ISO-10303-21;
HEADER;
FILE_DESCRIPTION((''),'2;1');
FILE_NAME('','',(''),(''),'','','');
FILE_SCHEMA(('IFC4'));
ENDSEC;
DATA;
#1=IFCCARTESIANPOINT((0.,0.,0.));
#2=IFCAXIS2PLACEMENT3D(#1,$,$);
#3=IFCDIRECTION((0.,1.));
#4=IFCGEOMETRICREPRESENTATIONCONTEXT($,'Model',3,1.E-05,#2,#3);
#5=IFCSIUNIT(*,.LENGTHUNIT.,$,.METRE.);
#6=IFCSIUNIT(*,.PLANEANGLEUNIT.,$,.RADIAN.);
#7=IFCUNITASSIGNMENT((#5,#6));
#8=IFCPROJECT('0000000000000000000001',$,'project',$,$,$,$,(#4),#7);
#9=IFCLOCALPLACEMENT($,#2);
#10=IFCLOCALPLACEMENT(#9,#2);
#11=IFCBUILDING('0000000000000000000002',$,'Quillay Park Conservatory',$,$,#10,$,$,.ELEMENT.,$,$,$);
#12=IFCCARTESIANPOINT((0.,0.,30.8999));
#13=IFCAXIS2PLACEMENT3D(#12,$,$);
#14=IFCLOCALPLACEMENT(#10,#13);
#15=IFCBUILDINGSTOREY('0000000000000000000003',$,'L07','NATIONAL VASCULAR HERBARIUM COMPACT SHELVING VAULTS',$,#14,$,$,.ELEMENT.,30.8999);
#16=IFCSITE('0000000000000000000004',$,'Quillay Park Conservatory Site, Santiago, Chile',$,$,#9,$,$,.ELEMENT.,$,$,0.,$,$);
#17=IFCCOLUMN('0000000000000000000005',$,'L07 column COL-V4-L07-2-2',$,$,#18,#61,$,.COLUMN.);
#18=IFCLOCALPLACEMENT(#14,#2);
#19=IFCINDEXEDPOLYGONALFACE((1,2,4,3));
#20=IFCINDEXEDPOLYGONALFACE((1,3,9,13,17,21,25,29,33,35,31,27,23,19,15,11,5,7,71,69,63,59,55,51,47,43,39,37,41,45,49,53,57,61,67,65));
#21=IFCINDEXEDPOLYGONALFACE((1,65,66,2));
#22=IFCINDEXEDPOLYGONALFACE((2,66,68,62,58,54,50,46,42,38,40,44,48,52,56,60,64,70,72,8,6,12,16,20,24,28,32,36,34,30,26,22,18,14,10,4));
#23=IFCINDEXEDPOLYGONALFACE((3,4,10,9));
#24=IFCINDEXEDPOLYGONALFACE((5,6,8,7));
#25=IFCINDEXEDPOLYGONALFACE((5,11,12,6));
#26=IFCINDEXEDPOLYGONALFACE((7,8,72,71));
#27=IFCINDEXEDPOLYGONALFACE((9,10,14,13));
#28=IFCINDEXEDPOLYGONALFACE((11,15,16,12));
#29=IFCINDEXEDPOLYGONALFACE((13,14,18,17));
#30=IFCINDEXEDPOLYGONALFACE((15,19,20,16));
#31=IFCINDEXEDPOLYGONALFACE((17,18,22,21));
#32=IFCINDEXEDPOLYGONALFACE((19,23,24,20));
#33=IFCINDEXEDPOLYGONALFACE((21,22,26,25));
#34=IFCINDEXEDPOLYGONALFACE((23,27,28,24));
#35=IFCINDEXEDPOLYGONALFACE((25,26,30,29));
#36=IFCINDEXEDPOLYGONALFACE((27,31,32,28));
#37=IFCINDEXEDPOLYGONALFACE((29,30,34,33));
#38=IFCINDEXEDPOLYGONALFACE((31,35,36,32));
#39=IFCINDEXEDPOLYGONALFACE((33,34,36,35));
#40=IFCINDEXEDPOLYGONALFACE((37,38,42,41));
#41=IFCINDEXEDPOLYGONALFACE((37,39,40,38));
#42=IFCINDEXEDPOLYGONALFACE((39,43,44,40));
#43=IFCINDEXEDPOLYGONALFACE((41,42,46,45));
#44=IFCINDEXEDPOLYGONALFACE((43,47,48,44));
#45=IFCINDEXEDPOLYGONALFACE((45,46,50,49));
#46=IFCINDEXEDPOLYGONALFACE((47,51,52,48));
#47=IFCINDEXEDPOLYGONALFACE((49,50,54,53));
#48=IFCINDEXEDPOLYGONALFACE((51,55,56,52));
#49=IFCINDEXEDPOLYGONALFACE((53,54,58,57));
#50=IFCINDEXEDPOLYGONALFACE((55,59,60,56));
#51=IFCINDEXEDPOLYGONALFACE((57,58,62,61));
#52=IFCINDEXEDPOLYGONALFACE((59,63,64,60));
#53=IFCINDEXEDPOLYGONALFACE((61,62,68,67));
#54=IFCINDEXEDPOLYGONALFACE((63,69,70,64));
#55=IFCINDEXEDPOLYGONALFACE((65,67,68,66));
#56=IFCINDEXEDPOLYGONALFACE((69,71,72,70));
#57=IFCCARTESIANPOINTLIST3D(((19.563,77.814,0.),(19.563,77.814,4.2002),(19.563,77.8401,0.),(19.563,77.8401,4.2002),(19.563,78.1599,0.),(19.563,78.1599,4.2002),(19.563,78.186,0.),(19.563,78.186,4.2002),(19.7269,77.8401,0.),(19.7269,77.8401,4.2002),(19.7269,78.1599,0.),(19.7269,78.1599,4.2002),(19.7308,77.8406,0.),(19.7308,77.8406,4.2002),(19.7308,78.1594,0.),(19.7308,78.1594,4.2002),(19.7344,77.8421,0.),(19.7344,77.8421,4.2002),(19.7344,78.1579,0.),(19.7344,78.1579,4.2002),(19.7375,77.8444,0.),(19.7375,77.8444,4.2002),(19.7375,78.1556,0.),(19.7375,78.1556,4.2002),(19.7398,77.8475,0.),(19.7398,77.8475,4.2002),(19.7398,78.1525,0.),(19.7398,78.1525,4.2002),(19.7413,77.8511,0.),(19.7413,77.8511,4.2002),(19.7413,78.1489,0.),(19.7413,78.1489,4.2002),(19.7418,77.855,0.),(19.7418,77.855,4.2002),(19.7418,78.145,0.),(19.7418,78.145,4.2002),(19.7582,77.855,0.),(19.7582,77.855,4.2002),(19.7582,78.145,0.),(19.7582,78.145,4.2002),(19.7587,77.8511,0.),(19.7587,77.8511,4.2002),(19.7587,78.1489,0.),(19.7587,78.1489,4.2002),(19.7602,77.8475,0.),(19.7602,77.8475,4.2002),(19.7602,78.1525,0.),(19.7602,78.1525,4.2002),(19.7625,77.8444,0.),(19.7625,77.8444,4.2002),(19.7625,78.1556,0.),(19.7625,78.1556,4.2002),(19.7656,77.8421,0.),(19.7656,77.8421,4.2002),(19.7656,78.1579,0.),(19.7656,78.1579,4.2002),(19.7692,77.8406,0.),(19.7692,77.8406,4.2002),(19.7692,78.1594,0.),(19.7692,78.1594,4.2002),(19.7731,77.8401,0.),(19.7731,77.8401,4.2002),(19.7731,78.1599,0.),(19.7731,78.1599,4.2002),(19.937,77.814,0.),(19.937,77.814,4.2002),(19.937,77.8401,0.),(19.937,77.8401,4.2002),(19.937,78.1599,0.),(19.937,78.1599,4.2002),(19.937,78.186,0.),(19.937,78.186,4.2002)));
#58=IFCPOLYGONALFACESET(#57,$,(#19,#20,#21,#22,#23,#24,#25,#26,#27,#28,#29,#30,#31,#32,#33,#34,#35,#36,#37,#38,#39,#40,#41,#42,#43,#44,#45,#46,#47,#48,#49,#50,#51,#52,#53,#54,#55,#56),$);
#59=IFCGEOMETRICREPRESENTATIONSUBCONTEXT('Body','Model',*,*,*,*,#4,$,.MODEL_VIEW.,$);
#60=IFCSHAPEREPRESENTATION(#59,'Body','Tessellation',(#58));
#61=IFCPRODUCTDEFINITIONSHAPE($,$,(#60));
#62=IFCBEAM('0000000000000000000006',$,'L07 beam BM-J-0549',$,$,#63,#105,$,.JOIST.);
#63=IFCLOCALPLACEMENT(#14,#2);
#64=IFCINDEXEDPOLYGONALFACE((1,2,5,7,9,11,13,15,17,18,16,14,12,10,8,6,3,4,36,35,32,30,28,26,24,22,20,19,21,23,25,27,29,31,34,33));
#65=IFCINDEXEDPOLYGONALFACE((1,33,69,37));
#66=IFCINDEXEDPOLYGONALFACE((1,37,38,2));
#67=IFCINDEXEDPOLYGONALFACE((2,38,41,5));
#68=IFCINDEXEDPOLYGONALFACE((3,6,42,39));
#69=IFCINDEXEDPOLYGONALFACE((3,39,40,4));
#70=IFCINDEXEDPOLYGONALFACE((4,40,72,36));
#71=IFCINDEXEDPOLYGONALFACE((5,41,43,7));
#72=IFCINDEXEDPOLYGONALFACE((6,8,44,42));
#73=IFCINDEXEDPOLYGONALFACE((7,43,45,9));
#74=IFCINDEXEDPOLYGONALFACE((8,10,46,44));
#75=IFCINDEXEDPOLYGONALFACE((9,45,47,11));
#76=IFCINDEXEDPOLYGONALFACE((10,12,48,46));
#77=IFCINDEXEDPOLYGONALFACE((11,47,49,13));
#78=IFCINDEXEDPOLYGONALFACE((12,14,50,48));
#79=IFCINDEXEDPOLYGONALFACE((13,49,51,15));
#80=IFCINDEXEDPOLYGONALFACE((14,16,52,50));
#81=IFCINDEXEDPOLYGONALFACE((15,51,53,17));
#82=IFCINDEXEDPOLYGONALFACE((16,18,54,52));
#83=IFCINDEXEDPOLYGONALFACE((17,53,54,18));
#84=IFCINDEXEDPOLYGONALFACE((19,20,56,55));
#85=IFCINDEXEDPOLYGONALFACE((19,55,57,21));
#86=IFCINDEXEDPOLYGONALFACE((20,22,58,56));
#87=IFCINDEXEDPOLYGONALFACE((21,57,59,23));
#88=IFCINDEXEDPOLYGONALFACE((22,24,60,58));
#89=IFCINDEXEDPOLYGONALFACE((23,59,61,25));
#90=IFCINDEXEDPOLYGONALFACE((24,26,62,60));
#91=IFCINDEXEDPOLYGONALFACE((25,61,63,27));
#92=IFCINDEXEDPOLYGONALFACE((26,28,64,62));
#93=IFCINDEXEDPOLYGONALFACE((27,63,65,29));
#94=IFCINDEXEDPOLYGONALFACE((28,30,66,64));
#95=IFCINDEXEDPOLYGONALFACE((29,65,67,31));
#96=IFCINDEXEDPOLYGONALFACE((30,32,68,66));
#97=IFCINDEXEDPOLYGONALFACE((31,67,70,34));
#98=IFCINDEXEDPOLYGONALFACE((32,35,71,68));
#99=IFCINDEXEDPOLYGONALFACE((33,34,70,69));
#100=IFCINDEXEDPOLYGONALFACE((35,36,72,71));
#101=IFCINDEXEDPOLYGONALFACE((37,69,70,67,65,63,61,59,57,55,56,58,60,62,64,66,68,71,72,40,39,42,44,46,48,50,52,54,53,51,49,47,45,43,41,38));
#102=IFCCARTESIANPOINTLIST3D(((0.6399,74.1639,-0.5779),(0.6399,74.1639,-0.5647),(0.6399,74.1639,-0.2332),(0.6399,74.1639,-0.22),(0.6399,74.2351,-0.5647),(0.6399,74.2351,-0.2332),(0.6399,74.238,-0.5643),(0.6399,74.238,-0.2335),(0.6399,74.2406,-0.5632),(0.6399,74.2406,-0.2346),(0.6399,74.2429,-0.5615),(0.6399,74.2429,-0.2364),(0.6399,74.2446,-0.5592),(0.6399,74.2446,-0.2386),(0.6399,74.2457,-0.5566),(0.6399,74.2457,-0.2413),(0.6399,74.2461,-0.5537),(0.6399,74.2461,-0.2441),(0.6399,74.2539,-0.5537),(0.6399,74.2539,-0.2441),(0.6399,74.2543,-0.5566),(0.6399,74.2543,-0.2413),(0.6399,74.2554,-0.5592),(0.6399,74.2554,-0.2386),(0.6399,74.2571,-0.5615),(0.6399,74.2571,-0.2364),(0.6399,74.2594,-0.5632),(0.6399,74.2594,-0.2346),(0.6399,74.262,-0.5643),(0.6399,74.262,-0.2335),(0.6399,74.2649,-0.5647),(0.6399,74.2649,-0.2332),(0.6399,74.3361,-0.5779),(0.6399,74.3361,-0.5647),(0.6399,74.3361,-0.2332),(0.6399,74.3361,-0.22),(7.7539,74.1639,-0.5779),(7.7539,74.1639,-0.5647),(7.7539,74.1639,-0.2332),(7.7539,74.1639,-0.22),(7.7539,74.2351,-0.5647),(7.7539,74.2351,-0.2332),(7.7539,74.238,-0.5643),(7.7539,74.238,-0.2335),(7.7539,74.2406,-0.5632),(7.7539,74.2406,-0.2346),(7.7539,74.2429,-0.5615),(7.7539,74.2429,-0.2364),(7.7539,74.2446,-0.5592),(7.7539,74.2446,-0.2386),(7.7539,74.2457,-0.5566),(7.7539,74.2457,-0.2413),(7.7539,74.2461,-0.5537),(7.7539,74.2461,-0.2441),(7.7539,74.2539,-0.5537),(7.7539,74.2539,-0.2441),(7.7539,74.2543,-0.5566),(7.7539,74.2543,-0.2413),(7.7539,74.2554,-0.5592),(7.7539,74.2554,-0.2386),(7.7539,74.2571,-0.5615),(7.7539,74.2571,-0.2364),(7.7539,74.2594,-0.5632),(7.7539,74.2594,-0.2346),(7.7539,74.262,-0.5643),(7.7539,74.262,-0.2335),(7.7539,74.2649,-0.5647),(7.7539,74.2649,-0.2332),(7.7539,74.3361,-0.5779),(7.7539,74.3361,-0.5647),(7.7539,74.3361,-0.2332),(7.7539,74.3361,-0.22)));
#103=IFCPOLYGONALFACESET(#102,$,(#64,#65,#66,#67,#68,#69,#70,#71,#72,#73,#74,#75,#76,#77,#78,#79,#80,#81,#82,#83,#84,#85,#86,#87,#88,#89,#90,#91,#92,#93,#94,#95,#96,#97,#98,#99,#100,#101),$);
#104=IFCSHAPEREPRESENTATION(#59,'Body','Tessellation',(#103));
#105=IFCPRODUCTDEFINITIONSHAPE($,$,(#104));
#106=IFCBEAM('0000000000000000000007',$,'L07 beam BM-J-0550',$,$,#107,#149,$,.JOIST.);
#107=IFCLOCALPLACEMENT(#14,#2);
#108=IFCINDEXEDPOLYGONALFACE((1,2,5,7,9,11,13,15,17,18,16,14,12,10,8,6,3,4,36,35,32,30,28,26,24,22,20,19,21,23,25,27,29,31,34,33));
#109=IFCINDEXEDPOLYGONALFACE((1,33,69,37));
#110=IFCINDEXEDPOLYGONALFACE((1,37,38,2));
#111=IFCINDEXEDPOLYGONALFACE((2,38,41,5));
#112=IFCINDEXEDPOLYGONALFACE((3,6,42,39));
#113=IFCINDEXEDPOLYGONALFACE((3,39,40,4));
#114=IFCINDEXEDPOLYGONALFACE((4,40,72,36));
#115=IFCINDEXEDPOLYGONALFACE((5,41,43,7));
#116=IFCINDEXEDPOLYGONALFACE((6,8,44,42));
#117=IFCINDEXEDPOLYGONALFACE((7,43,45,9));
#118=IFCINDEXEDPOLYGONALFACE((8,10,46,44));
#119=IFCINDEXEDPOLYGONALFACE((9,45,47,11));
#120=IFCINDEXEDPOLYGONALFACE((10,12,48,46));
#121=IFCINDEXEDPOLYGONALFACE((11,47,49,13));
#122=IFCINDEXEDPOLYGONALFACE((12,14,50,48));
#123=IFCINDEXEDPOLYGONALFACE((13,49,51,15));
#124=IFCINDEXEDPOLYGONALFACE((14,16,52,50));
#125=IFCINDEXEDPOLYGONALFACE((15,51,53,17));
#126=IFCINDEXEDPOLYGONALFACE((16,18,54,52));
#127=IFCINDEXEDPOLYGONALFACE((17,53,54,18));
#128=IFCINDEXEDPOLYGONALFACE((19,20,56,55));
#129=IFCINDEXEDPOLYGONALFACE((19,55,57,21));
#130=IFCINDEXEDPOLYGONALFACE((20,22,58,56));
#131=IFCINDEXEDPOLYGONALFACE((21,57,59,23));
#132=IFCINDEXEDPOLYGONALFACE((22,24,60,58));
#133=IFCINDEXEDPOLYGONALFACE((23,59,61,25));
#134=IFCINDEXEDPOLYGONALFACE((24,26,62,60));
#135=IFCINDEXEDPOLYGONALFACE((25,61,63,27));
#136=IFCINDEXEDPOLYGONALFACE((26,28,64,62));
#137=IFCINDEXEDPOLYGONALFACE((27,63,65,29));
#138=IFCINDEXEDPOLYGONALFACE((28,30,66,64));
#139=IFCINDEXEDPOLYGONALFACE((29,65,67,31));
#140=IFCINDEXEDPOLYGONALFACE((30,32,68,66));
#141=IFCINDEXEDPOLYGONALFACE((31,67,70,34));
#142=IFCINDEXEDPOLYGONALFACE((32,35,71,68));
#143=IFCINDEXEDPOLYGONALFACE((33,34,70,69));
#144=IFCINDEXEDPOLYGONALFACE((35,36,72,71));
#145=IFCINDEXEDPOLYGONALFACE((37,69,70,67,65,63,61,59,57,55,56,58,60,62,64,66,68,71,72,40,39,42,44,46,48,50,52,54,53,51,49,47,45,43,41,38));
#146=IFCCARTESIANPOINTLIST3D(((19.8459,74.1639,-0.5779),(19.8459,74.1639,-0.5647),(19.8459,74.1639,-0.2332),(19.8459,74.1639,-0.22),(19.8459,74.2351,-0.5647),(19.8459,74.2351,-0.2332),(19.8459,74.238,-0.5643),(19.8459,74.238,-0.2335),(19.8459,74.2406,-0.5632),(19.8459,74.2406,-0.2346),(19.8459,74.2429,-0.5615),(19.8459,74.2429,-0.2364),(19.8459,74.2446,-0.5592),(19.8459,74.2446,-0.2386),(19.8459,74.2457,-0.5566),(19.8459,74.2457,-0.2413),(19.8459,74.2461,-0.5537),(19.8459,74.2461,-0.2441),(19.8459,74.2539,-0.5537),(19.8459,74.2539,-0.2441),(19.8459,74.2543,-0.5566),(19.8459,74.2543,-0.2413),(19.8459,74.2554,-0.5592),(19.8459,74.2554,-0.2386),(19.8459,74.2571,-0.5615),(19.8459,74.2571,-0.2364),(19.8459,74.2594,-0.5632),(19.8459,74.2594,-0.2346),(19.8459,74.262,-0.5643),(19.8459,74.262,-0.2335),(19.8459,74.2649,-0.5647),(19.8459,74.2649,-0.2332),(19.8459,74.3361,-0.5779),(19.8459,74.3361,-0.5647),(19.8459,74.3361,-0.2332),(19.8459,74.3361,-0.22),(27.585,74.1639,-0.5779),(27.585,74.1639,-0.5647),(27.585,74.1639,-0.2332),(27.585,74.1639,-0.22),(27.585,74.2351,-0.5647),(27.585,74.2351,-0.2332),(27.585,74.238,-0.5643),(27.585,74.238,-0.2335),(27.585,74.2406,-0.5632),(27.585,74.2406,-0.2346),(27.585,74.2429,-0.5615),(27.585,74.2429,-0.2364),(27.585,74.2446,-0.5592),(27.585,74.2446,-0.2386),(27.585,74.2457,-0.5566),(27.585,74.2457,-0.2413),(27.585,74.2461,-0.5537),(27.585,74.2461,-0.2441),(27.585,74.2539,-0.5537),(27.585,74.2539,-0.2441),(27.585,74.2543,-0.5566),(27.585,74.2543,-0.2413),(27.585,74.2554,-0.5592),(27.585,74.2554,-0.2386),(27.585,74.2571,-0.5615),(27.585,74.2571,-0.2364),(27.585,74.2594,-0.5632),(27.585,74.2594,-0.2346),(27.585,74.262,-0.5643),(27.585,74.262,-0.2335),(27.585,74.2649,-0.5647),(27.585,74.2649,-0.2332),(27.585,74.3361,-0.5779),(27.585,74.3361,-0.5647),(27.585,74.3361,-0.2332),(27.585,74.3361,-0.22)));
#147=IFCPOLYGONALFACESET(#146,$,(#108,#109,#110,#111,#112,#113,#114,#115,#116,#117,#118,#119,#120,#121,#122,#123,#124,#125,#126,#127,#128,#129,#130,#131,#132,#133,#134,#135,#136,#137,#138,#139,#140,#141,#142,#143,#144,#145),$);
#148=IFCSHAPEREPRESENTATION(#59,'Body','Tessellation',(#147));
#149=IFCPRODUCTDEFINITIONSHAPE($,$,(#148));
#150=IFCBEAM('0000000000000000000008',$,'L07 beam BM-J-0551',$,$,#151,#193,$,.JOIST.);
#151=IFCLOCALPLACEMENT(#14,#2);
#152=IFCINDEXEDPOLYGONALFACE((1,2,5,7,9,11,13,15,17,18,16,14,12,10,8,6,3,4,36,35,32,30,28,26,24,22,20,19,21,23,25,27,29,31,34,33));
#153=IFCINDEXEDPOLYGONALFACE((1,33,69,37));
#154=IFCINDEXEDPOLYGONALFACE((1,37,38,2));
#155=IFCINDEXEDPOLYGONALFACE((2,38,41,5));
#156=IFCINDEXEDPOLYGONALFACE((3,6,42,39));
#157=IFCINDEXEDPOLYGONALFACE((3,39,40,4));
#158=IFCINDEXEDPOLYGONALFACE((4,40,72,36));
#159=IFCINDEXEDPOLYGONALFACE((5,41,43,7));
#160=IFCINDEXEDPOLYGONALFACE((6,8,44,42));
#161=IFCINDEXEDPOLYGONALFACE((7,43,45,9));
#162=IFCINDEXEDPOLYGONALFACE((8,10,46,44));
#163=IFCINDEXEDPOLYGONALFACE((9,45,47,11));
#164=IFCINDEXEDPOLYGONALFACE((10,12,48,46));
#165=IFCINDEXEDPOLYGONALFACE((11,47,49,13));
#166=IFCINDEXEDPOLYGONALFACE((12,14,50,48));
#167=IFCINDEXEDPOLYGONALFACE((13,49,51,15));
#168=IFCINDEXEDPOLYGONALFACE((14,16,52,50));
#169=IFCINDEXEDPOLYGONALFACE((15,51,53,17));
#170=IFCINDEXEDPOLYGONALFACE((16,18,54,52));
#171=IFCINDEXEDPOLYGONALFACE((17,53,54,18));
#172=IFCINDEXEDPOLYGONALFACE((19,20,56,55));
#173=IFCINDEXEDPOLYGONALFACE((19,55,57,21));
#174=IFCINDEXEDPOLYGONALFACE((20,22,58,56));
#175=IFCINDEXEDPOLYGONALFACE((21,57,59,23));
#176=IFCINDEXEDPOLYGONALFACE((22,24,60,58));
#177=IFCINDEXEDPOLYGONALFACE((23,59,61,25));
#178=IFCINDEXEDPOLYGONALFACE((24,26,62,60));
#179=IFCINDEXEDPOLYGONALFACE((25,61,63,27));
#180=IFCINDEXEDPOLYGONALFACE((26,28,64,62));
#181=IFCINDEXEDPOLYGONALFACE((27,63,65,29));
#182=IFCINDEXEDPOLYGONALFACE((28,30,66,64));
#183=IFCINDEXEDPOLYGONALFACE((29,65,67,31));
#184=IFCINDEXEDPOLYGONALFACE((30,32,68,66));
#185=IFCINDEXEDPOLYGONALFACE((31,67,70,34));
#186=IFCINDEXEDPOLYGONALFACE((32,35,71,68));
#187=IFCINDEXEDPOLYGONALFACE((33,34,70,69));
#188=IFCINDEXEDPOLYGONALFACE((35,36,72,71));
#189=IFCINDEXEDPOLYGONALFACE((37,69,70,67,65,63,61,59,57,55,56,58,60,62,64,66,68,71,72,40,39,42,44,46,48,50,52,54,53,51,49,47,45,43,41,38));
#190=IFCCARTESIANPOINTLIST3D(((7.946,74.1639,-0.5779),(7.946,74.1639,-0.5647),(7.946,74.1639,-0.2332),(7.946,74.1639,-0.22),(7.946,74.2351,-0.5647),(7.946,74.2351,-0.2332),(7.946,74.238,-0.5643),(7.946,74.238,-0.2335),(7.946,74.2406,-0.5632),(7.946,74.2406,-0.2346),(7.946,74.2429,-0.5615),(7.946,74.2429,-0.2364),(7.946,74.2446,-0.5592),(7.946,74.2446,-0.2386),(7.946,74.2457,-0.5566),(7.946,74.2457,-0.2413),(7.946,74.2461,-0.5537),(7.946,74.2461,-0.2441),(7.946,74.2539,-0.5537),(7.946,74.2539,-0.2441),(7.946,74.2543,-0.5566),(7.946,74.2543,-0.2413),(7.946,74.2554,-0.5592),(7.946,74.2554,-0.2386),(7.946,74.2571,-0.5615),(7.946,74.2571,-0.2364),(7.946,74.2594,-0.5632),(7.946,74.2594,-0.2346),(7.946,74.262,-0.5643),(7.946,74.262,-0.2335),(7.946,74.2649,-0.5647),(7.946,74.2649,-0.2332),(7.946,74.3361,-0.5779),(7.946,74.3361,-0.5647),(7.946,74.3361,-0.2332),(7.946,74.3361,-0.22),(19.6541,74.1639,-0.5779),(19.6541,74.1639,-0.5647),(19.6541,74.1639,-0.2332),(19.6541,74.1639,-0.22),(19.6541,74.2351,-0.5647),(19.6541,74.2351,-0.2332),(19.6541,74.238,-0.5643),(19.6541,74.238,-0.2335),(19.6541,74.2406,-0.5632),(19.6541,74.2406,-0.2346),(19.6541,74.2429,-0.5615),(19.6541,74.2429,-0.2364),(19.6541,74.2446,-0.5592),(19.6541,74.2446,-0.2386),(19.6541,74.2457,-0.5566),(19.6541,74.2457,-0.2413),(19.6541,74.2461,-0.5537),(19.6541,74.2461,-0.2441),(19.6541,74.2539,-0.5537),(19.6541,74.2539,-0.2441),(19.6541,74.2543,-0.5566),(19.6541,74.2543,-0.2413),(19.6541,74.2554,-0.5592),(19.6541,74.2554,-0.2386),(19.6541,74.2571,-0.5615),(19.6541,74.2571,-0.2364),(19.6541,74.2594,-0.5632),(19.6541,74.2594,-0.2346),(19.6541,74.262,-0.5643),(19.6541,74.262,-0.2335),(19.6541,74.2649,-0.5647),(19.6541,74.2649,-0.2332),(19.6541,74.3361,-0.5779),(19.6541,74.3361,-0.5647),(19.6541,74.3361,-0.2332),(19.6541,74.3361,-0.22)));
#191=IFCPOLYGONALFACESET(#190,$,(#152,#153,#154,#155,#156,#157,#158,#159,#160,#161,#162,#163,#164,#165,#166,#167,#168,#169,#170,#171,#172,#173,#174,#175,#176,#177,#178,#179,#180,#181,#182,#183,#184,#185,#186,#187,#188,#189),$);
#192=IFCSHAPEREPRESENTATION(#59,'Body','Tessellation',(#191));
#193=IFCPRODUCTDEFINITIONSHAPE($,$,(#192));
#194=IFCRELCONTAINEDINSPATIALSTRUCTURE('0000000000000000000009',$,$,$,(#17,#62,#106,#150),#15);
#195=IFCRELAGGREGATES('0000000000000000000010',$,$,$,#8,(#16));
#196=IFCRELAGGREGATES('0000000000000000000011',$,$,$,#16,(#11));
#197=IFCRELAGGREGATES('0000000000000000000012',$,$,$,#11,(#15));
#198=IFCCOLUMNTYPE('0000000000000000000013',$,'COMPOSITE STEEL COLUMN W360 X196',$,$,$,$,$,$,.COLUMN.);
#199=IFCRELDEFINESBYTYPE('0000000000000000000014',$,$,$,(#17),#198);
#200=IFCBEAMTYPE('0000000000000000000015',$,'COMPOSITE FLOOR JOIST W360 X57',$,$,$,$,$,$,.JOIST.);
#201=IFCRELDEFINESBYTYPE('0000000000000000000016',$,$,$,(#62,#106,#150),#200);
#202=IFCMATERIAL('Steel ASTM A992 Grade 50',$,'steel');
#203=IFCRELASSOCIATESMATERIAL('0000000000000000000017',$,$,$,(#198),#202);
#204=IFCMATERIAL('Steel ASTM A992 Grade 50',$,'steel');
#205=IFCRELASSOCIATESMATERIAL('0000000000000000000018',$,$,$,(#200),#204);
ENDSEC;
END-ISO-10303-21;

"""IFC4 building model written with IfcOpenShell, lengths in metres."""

from ifc_helpers import new_model, si_unit, direction, frame, origin, origin_2d, place, context, subcontext, project, spatial, i_section, extrude, material, material_profile, profile_set, type_object, element, save


model = new_model("IFC4")

# Units and contexts
model_context = context("Model", 3, precision=1e-05, world=origin(), true_north=direction((0.0, 1.0)))
body_context = subcontext(model_context, "Body", "Model", "MODEL_VIEW")
ifc_project = project(units=[si_unit("LENGTHUNIT", "METRE"), si_unit("PLANEANGLEUNIT", "RADIAN")], contexts=[model_context])

# Site, building, storey
site_placement = place(None, origin())
site = spatial("IfcSite", under=ifc_project, at=site_placement, Name="Quillay Park Conservatory Site, Santiago, Chile", CompositionType="ELEMENT", RefElevation=0.0)
building_placement = place(site_placement, origin())
building = spatial("IfcBuilding", under=site, at=building_placement, Name="Quillay Park Conservatory", CompositionType="ELEMENT")
storey_placement = place(building_placement, frame((0.0, 0.0, 30.8999)))
storey = spatial("IfcBuildingStorey", under=building, at=storey_placement, Name="L07", Description="NATIONAL VASCULAR HERBARIUM COMPACT SHELVING VAULTS", CompositionType="ELEMENT", Elevation=30.8999)

# Column
ifc_material_1 = material(Name="Steel ASTM A992 Grade 50", Category="steel")
ifc_material_profile_1 = material_profile(ifc_material_1, i_section(OverallWidth=0.374, OverallDepth=0.3721, WebThickness=0.0164, FlangeThickness=0.0261, FilletRadius=0.0149, at=origin_2d()), Name="W360x196")
ifc_profile_set_1 = profile_set([ifc_material_profile_1], Name="Steel ASTM A992 Grade 50")
column_type = type_object("IfcColumnType", Name="COMPOSITE STEEL COLUMN W360 X196", PredefinedType="COLUMN", material=ifc_profile_set_1)
for number, where, z_axis, x_axis, name in (
    (1, (19.75, 78.0, 0.0), (0.0, 0.0, 1.0), (1.0, 0.0, 0.0), "L07 column COL-V4-L07-2-2"),
):
    element("IfcColumn", number, at=place(storey_placement, frame(where, z_axis=z_axis, x_axis=x_axis)), inside=storey, type_object=column_type, Name=name, PredefinedType="COLUMN", context=body_context, shape_type="SweptSolid", body=[
        extrude(i_section(OverallWidth=0.374, OverallDepth=0.3721, WebThickness=0.0164, FlangeThickness=0.0261, FilletRadius=0.0149, at=origin_2d()), origin(), (0.0, 0.0, 1.0), 4.2002),
    ])

# Beams
ifc_material_2 = material(Name="Steel ASTM A992 Grade 50", Category="steel")
ifc_material_profile_2 = material_profile(ifc_material_2, i_section(OverallWidth=0.1721, OverallDepth=0.3579, WebThickness=0.0078, FlangeThickness=0.0132, FilletRadius=0.011, at=origin_2d()), Name="W360x57")
ifc_profile_set_2 = profile_set([ifc_material_profile_2], Name="Steel ASTM A992 Grade 50")
beam_type_1 = type_object("IfcBeamType", Name="COMPOSITE FLOOR JOIST W360 X57", PredefinedType="JOIST", material=ifc_profile_set_2)
beam_1_placement = place(storey_placement, frame((0.6399, 74.25, -0.3989), z_axis=(1.0, 0.0, 0.0), x_axis=(0.0, 1.0, 0.0)))
element("IfcBeam", 2, at=beam_1_placement, inside=storey, type_object=beam_type_1, Name="L07 beam BM-J-0549", PredefinedType="JOIST", context=body_context, shape_type="SweptSolid", body=[
    extrude(i_section(OverallWidth=0.1721, OverallDepth=0.3579, WebThickness=0.0078, FlangeThickness=0.0132, FilletRadius=0.011, at=origin_2d()), origin(), (0.0, 0.0, 1.0), 7.114),
])
beam_2_placement = place(storey_placement, frame((19.8459, 74.25, -0.3989), z_axis=(1.0, 0.0, 0.0), x_axis=(0.0, 1.0, 0.0)))
element("IfcBeam", 3, at=beam_2_placement, inside=storey, type_object=beam_type_1, Name="L07 beam BM-J-0550", PredefinedType="JOIST", context=body_context, shape_type="SweptSolid", body=[
    extrude(i_section(OverallWidth=0.1721, OverallDepth=0.3579, WebThickness=0.0078, FlangeThickness=0.0132, FilletRadius=0.011, at=origin_2d()), origin(), (0.0, 0.0, 1.0), 7.739),
])
beam_3_placement = place(storey_placement, frame((7.946, 74.25, -0.3989), z_axis=(1.0, 0.0, 0.0), x_axis=(0.0, 1.0, 0.0)))
element("IfcBeam", 4, at=beam_3_placement, inside=storey, type_object=beam_type_1, Name="L07 beam BM-J-0551", PredefinedType="JOIST", context=body_context, shape_type="SweptSolid", body=[
    extrude(i_section(OverallWidth=0.1721, OverallDepth=0.3579, WebThickness=0.0078, FlangeThickness=0.0132, FilletRadius=0.011, at=origin_2d()), origin(), (0.0, 0.0, 1.0), 11.708),
])

save(model, "model.ifc")
